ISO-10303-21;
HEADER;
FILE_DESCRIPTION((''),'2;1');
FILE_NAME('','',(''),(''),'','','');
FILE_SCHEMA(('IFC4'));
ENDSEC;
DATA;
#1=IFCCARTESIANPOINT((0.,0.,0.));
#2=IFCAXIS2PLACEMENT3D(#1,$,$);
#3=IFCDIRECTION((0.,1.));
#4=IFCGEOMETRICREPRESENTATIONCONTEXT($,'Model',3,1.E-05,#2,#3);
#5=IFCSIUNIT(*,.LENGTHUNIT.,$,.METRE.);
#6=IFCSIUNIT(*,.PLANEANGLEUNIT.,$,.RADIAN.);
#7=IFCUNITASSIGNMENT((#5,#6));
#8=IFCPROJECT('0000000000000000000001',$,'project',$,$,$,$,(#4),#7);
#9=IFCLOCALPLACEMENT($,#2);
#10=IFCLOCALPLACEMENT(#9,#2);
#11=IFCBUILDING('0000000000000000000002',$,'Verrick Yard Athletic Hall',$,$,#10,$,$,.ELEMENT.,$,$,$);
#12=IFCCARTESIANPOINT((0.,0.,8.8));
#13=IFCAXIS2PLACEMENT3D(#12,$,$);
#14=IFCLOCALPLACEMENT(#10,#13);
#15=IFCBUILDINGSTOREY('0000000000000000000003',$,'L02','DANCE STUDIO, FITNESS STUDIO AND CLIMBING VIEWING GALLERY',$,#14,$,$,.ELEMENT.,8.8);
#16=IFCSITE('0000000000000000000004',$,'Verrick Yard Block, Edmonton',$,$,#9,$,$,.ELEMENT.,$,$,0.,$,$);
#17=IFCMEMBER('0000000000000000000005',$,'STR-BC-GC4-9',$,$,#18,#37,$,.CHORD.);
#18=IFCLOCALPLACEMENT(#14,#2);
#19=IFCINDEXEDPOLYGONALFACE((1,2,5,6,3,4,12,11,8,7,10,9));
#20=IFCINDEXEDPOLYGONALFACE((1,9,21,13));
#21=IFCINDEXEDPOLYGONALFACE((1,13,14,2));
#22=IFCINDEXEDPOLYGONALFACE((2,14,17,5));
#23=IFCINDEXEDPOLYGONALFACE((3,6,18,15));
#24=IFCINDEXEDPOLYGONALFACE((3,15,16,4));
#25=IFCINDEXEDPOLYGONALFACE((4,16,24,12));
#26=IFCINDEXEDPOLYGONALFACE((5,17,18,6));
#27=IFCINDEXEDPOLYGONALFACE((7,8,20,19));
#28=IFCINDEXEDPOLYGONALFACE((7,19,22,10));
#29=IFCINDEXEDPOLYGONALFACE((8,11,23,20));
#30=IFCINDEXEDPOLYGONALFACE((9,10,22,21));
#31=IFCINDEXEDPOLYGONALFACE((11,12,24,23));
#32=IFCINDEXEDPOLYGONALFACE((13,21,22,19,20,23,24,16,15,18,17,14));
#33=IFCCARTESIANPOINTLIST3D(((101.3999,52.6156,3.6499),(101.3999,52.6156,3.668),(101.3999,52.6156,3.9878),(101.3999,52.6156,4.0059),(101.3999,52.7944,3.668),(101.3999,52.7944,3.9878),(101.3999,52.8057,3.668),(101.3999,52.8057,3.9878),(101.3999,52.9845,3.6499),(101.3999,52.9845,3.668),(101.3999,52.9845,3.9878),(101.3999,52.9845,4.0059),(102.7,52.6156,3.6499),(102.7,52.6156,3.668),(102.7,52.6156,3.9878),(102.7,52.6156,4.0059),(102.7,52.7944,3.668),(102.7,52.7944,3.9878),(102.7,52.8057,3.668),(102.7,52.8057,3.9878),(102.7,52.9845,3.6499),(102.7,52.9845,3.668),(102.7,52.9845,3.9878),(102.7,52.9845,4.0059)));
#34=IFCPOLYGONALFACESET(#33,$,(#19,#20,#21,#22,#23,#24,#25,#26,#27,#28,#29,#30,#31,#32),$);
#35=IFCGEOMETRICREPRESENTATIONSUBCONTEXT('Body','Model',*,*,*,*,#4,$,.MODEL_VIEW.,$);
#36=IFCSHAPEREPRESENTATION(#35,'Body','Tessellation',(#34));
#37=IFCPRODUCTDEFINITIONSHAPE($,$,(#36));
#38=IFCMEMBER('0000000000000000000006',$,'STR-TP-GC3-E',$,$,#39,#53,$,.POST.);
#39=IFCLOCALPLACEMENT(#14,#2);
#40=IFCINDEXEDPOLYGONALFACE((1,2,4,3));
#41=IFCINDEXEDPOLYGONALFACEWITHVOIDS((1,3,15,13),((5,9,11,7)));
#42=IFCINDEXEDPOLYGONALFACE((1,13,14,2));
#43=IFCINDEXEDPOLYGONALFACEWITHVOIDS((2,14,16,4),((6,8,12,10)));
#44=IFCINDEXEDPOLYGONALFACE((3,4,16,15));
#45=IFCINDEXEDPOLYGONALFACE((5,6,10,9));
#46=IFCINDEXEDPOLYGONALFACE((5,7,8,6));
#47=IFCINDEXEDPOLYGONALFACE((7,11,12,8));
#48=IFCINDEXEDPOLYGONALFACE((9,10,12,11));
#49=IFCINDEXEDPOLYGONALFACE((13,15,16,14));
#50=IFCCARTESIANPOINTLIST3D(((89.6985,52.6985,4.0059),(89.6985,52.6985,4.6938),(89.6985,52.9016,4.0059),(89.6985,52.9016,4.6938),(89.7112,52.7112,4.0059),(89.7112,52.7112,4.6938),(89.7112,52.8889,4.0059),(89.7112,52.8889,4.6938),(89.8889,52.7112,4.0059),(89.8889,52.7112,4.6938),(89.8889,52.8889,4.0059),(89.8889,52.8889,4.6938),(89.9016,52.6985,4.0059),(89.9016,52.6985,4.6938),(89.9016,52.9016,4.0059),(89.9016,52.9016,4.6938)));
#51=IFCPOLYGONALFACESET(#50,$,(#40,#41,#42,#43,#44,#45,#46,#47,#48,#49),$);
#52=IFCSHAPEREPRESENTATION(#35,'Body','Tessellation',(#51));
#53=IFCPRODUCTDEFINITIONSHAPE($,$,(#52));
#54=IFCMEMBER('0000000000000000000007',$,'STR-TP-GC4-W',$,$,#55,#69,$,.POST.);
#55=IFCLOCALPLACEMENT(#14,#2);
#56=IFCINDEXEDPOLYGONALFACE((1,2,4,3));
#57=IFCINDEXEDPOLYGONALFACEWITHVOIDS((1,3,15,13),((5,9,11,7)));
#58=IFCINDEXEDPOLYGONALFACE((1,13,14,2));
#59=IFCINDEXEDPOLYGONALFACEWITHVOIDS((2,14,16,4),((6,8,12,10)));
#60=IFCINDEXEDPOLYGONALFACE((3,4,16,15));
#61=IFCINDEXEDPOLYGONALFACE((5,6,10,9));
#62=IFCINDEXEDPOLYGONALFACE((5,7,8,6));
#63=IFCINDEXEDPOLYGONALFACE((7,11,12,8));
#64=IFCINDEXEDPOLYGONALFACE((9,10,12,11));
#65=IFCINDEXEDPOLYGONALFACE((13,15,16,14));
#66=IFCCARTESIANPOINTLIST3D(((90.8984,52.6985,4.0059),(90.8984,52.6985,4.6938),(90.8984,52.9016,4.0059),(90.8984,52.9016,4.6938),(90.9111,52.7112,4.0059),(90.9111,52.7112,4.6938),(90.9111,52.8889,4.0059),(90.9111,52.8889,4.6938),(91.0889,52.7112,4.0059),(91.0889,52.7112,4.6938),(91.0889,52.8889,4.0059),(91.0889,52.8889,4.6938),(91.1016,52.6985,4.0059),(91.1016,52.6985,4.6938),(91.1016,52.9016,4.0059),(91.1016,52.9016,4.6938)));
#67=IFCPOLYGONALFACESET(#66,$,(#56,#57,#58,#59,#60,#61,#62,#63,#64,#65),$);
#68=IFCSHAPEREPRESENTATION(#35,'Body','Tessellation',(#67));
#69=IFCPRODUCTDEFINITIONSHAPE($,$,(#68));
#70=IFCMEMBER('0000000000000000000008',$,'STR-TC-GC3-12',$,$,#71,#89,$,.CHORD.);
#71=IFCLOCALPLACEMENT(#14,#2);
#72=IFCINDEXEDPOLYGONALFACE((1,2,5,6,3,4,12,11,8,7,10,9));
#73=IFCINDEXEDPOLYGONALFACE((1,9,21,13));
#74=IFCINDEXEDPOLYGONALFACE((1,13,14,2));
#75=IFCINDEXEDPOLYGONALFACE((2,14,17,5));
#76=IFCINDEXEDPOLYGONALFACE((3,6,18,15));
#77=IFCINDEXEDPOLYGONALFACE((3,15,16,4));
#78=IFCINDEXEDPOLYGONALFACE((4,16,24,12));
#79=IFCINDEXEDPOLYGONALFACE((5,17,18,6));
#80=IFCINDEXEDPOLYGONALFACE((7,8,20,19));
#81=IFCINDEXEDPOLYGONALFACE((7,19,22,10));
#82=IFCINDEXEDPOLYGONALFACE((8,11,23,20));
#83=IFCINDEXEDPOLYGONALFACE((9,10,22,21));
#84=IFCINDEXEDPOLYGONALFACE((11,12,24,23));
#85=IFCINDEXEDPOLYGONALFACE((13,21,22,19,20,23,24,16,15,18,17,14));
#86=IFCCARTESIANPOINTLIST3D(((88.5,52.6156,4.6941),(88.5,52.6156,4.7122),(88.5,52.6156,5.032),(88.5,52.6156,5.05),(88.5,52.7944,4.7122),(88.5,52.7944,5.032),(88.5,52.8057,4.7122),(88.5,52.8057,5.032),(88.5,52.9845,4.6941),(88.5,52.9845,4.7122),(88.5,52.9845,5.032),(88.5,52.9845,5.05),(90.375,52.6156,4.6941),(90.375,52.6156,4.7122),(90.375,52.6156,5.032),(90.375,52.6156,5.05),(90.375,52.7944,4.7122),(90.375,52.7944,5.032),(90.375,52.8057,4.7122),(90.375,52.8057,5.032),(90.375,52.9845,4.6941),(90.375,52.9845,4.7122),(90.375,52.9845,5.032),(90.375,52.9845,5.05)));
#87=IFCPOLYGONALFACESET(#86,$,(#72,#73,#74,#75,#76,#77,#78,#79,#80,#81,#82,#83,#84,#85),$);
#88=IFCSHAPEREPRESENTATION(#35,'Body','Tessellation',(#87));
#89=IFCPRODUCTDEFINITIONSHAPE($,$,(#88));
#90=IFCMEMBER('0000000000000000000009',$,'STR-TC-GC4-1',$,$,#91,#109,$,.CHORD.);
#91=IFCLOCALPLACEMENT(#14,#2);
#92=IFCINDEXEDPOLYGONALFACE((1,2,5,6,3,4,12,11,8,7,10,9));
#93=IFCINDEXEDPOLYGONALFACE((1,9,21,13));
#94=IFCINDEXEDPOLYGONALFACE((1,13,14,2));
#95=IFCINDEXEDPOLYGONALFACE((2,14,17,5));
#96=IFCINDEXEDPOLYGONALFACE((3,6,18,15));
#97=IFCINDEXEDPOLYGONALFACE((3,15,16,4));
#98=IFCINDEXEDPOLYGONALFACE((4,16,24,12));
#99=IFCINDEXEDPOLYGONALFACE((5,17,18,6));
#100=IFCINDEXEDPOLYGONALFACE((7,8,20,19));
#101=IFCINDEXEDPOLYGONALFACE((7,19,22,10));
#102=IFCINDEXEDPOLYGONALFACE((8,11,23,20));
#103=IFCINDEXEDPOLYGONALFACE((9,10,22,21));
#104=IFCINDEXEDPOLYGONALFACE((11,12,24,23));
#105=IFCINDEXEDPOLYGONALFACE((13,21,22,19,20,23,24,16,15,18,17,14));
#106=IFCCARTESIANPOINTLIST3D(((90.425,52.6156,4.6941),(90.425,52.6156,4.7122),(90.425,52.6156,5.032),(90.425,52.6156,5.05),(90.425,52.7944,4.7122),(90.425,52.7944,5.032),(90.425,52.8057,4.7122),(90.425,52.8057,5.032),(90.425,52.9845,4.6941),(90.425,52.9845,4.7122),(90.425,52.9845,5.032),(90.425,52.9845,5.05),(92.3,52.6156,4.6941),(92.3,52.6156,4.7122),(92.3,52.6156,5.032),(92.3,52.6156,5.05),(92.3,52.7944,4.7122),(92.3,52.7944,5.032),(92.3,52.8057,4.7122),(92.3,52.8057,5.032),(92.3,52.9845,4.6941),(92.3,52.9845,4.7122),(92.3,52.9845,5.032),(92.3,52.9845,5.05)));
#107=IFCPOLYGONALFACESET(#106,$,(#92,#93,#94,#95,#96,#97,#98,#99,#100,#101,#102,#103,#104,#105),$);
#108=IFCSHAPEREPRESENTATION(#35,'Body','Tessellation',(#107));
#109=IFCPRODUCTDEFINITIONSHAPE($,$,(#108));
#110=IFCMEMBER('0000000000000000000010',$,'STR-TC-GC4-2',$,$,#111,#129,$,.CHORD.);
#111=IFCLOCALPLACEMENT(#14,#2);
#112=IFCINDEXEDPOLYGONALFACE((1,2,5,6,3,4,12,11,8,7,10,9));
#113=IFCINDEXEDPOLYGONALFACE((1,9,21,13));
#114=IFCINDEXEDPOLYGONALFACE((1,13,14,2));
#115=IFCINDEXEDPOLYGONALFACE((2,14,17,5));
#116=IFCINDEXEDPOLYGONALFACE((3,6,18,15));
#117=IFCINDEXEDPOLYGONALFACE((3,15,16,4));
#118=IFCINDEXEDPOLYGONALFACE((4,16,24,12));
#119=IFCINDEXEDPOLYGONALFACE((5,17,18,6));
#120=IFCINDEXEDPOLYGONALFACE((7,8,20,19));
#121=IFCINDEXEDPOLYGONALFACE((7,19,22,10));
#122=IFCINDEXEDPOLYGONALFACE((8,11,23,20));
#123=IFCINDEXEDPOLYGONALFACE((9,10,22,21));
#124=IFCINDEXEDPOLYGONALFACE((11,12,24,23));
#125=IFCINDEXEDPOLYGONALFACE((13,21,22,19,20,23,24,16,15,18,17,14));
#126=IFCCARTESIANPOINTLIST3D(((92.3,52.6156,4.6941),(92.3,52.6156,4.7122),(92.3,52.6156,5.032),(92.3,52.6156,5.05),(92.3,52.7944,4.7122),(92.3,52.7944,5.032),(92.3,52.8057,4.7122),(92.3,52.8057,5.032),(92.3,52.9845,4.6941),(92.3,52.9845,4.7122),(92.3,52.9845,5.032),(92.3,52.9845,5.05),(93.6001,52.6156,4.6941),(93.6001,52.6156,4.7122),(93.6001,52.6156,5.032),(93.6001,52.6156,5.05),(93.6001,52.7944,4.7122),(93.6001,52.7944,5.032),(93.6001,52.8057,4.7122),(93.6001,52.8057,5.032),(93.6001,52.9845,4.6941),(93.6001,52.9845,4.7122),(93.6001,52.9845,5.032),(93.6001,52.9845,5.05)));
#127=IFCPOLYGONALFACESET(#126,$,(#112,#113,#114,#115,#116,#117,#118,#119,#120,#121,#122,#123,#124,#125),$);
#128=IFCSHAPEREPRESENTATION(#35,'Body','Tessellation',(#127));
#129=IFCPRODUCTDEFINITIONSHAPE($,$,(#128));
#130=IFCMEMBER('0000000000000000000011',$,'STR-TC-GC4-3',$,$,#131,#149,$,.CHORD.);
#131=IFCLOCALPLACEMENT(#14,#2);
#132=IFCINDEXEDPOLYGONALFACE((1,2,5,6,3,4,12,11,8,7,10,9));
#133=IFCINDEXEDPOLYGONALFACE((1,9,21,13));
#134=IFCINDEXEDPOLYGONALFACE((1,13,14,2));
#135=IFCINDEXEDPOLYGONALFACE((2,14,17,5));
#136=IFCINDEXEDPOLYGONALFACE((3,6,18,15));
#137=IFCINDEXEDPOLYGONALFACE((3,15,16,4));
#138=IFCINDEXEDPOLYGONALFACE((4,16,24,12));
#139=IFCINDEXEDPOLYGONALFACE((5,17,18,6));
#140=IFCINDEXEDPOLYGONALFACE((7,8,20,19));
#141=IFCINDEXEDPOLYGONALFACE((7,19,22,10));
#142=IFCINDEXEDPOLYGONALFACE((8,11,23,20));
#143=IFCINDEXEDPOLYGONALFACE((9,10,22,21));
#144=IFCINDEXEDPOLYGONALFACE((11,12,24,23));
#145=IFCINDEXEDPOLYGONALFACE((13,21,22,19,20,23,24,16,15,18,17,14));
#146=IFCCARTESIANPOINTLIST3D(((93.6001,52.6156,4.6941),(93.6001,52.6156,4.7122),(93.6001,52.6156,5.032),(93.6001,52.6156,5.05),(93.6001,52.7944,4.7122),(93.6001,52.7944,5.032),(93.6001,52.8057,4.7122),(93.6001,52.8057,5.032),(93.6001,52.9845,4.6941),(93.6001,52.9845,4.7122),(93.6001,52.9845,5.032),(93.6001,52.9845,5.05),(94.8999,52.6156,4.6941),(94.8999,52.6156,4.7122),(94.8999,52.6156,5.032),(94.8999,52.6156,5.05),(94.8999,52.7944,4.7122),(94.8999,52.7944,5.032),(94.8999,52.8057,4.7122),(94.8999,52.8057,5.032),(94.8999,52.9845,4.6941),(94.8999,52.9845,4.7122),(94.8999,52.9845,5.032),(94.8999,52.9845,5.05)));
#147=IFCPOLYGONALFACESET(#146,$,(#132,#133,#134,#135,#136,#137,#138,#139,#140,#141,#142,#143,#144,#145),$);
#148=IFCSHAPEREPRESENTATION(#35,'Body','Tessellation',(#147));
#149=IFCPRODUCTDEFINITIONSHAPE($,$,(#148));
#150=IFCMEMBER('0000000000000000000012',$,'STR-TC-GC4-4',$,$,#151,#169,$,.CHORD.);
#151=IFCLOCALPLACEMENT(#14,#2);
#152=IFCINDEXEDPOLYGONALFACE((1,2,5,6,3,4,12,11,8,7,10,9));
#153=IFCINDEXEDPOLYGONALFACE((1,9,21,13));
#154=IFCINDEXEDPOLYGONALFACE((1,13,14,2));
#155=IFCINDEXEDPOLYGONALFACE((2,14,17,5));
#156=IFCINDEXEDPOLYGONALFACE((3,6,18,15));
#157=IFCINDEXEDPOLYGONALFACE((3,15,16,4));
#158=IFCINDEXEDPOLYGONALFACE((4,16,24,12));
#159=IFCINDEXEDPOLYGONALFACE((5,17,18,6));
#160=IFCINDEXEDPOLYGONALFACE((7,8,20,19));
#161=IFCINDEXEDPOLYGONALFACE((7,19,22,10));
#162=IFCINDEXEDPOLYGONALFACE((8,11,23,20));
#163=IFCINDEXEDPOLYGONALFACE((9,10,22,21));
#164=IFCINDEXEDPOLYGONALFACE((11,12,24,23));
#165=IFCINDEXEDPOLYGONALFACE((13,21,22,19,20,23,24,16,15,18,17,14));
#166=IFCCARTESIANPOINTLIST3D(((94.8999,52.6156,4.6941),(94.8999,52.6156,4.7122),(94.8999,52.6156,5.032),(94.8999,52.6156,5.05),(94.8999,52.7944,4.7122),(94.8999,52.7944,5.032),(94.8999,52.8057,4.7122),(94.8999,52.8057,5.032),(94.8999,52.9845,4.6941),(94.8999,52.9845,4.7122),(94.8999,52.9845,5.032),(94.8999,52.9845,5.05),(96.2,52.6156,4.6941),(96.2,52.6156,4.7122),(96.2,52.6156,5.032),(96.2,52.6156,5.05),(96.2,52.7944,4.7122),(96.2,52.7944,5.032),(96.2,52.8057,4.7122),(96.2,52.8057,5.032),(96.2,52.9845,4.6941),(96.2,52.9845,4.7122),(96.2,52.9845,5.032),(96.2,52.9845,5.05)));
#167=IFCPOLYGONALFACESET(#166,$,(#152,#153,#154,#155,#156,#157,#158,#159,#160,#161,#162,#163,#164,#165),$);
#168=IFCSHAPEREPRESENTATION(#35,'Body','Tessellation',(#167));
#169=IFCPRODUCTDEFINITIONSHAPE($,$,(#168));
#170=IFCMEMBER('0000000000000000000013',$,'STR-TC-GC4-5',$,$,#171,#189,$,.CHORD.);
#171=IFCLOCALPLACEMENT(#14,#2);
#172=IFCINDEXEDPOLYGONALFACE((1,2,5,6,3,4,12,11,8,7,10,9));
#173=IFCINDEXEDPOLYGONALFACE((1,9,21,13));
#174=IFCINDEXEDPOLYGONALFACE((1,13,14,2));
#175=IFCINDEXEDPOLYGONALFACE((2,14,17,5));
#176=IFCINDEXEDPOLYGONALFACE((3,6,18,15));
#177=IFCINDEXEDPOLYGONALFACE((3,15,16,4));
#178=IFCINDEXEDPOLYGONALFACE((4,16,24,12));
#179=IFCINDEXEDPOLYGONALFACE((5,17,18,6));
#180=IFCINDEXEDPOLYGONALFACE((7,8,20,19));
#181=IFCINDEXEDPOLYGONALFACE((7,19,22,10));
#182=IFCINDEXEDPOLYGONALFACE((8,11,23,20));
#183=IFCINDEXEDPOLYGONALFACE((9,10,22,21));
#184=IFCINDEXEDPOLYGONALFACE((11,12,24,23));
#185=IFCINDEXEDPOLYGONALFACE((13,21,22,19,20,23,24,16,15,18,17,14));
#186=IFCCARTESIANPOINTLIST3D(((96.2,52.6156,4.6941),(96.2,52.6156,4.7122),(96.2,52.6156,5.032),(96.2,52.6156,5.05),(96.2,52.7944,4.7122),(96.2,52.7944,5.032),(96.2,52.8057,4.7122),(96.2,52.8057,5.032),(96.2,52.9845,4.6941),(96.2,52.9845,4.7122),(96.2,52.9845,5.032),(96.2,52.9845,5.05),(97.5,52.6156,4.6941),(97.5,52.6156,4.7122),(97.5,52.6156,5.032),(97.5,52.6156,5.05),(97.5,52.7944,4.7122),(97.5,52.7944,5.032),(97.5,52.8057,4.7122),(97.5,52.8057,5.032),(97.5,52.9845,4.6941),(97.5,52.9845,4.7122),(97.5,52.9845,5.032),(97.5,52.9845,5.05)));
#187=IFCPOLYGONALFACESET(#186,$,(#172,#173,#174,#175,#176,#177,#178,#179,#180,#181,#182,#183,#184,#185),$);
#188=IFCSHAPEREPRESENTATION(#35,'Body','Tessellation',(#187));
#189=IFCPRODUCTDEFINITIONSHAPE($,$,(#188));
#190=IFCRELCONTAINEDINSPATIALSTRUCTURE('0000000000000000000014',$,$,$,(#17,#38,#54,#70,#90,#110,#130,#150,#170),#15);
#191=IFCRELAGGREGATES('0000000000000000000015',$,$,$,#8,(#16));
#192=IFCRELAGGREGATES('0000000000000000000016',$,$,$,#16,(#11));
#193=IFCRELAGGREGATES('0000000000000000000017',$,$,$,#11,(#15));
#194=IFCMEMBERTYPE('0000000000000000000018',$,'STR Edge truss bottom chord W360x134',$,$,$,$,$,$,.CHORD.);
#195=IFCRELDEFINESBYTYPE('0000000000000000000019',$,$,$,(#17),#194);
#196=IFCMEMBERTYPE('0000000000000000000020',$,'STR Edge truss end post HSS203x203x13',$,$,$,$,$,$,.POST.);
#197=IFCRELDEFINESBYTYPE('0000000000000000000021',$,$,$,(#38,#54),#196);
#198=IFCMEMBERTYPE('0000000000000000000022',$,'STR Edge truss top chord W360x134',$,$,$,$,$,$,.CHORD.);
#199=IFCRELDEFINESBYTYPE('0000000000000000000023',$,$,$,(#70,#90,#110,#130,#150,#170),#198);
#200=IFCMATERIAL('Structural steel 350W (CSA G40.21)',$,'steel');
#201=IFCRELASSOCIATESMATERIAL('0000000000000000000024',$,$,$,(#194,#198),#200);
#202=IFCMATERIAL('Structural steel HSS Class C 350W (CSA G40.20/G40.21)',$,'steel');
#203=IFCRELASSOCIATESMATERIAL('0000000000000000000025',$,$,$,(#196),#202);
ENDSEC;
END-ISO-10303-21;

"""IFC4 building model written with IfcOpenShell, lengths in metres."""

from ifc_helpers import new_model, si_unit, direction, frame, origin, origin_2d, place, context, subcontext, project, spatial, hollow_rectangle, i_section, extrude, material, material_profile, profile_set, type_object, element, save


model = new_model("IFC4")

# Units and contexts
model_context = context("Model", 3, precision=1e-05, world=origin(), true_north=direction((0.0, 1.0)))
body_context = subcontext(model_context, "Body", "Model", "MODEL_VIEW")
ifc_project = project(units=[si_unit("LENGTHUNIT", "METRE"), si_unit("PLANEANGLEUNIT", "RADIAN")], contexts=[model_context])

# Site, building, storey
site_placement = place(None, origin())
site = spatial("IfcSite", under=ifc_project, at=site_placement, Name="Verrick Yard Block, Edmonton", CompositionType="ELEMENT", RefElevation=0.0)
building_placement = place(site_placement, origin())
building = spatial("IfcBuilding", under=site, at=building_placement, Name="Verrick Yard Athletic Hall", CompositionType="ELEMENT")
storey_placement = place(building_placement, frame((0.0, 0.0, 8.8)))
storey = spatial("IfcBuildingStorey", under=building, at=storey_placement, Name="L02", Description="DANCE STUDIO, FITNESS STUDIO AND CLIMBING VIEWING GALLERY", CompositionType="ELEMENT", Elevation=8.8)

# Members
ifc_material_1 = material(Name="Structural steel 350W (CSA G40.21)", Category="steel")
ifc_material_profile_1 = material_profile(ifc_material_1, i_section(OverallWidth=0.3689, OverallDepth=0.356, WebThickness=0.0112, FlangeThickness=0.0181, at=origin_2d()), Name="W360x134")
ifc_profile_set_1 = profile_set([ifc_material_profile_1], Name="Structural steel 350W (CSA G40.21)")
member_type_1 = type_object("IfcMemberType", Name="STR Edge truss bottom chord W360x134", PredefinedType="CHORD", material=ifc_profile_set_1)
member_1_placement = place(storey_placement, frame((101.3999, 52.8, 3.8279), z_axis=(1.0, 0.0, 0.0), x_axis=(0.0, 1.0, 0.0)))
element("IfcMember", 1, at=member_1_placement, inside=storey, type_object=member_type_1, Name="STR-BC-GC4-9", PredefinedType="CHORD", context=body_context, shape_type="SweptSolid", body=[
    extrude(i_section(OverallWidth=0.3689, OverallDepth=0.356, WebThickness=0.0112, FlangeThickness=0.0181, at=origin_2d()), origin(), (0.0, 0.0, 1.0), 1.3),
])
ifc_material_2 = material(Name="Structural steel HSS Class C 350W (CSA G40.20/G40.21)", Category="steel")
ifc_material_profile_2 = material_profile(ifc_material_2, hollow_rectangle(XDim=0.2031, YDim=0.2031, WallThickness=0.0127, at=origin_2d()), Name="HSS203x203x13")
ifc_profile_set_2 = profile_set([ifc_material_profile_2], Name="Structural steel HSS Class C 350W (CSA G40.20/G40.21)")
member_type_2 = type_object("IfcMemberType", Name="STR Edge truss end post HSS203x203x13", PredefinedType="POST", material=ifc_profile_set_2)
for number, where, z_axis, x_axis, name in (
    (2, (89.8, 52.8, 4.0059), (0.0, 0.0, 1.0), (1.0, 0.0, 0.0), "STR-TP-GC3-E"),
    (3, (91.0, 52.8, 4.0059), (0.0, 0.0, 1.0), (1.0, 0.0, 0.0), "STR-TP-GC4-W"),
):
    element("IfcMember", number, at=place(storey_placement, frame(where, z_axis=z_axis, x_axis=x_axis)), inside=storey, type_object=member_type_2, Name=name, PredefinedType="POST", context=body_context, shape_type="SweptSolid", body=[
        extrude(hollow_rectangle(XDim=0.2031, YDim=0.2031, WallThickness=0.0127, at=origin_2d()), origin(), (0.0, 0.0, 1.0), 0.688),
    ])
ifc_material_profile_3 = material_profile(ifc_material_1, i_section(OverallWidth=0.3689, OverallDepth=0.356, WebThickness=0.0112, FlangeThickness=0.0181, at=origin_2d()), Name="W360x134")
ifc_profile_set_3 = profile_set([ifc_material_profile_3], Name="Structural steel 350W (CSA G40.21)")
member_type_3 = type_object("IfcMemberType", Name="STR Edge truss top chord W360x134", PredefinedType="CHORD", material=ifc_profile_set_3)
for number, where, z_axis, x_axis, name in (
    (4, (88.5, 52.8, 4.8721), (1.0, 0.0, 0.0), (0.0, 1.0, 0.0), "STR-TC-GC3-12"),
    (5, (90.425, 52.8, 4.8721), (1.0, 0.0, 0.0), (0.0, 1.0, 0.0), "STR-TC-GC4-1"),
):
    element("IfcMember", number, at=place(storey_placement, frame(where, z_axis=z_axis, x_axis=x_axis)), inside=storey, type_object=member_type_3, Name=name, PredefinedType="CHORD", context=body_context, shape_type="SweptSolid", body=[
        extrude(i_section(OverallWidth=0.3689, OverallDepth=0.356, WebThickness=0.0112, FlangeThickness=0.0181, at=origin_2d()), origin(), (0.0, 0.0, 1.0), 1.875),
    ])
member_2_placement = place(storey_placement, frame((92.3, 52.8, 4.8721), z_axis=(1.0, 0.0, 0.0), x_axis=(0.0, 1.0, 0.0)))
element("IfcMember", 6, at=member_2_placement, inside=storey, type_object=member_type_3, Name="STR-TC-GC4-2", PredefinedType="CHORD", context=body_context, shape_type="SweptSolid", body=[
    extrude(i_section(OverallWidth=0.3689, OverallDepth=0.356, WebThickness=0.0112, FlangeThickness=0.0181, at=origin_2d()), origin(), (0.0, 0.0, 1.0), 1.3),
])
member_3_placement = place(storey_placement, frame((93.6001, 52.8, 4.8721), z_axis=(1.0, 0.0, 0.0), x_axis=(0.0, 1.0, 0.0)))
element("IfcMember", 7, at=member_3_placement, inside=storey, type_object=member_type_3, Name="STR-TC-GC4-3", PredefinedType="CHORD", context=body_context, shape_type="SweptSolid", body=[
    extrude(i_section(OverallWidth=0.3689, OverallDepth=0.356, WebThickness=0.0112, FlangeThickness=0.0181, at=origin_2d()), origin(), (0.0, 0.0, 1.0), 1.2998),
])
for number, where, z_axis, x_axis, name in (
    (8, (94.8999, 52.8, 4.8721), (1.0, 0.0, 0.0), (0.0, 1.0, 0.0), "STR-TC-GC4-4"),
    (9, (96.2, 52.8, 4.8721), (1.0, 0.0, 0.0), (0.0, 1.0, 0.0), "STR-TC-GC4-5"),
):
    element("IfcMember", number, at=place(storey_placement, frame(where, z_axis=z_axis, x_axis=x_axis)), inside=storey, type_object=member_type_3, Name=name, PredefinedType="CHORD", context=body_context, shape_type="SweptSolid", body=[
        extrude(i_section(OverallWidth=0.3689, OverallDepth=0.356, WebThickness=0.0112, FlangeThickness=0.0181, at=origin_2d()), origin(), (0.0, 0.0, 1.0), 1.3),
    ])

save(model, "model.ifc")
